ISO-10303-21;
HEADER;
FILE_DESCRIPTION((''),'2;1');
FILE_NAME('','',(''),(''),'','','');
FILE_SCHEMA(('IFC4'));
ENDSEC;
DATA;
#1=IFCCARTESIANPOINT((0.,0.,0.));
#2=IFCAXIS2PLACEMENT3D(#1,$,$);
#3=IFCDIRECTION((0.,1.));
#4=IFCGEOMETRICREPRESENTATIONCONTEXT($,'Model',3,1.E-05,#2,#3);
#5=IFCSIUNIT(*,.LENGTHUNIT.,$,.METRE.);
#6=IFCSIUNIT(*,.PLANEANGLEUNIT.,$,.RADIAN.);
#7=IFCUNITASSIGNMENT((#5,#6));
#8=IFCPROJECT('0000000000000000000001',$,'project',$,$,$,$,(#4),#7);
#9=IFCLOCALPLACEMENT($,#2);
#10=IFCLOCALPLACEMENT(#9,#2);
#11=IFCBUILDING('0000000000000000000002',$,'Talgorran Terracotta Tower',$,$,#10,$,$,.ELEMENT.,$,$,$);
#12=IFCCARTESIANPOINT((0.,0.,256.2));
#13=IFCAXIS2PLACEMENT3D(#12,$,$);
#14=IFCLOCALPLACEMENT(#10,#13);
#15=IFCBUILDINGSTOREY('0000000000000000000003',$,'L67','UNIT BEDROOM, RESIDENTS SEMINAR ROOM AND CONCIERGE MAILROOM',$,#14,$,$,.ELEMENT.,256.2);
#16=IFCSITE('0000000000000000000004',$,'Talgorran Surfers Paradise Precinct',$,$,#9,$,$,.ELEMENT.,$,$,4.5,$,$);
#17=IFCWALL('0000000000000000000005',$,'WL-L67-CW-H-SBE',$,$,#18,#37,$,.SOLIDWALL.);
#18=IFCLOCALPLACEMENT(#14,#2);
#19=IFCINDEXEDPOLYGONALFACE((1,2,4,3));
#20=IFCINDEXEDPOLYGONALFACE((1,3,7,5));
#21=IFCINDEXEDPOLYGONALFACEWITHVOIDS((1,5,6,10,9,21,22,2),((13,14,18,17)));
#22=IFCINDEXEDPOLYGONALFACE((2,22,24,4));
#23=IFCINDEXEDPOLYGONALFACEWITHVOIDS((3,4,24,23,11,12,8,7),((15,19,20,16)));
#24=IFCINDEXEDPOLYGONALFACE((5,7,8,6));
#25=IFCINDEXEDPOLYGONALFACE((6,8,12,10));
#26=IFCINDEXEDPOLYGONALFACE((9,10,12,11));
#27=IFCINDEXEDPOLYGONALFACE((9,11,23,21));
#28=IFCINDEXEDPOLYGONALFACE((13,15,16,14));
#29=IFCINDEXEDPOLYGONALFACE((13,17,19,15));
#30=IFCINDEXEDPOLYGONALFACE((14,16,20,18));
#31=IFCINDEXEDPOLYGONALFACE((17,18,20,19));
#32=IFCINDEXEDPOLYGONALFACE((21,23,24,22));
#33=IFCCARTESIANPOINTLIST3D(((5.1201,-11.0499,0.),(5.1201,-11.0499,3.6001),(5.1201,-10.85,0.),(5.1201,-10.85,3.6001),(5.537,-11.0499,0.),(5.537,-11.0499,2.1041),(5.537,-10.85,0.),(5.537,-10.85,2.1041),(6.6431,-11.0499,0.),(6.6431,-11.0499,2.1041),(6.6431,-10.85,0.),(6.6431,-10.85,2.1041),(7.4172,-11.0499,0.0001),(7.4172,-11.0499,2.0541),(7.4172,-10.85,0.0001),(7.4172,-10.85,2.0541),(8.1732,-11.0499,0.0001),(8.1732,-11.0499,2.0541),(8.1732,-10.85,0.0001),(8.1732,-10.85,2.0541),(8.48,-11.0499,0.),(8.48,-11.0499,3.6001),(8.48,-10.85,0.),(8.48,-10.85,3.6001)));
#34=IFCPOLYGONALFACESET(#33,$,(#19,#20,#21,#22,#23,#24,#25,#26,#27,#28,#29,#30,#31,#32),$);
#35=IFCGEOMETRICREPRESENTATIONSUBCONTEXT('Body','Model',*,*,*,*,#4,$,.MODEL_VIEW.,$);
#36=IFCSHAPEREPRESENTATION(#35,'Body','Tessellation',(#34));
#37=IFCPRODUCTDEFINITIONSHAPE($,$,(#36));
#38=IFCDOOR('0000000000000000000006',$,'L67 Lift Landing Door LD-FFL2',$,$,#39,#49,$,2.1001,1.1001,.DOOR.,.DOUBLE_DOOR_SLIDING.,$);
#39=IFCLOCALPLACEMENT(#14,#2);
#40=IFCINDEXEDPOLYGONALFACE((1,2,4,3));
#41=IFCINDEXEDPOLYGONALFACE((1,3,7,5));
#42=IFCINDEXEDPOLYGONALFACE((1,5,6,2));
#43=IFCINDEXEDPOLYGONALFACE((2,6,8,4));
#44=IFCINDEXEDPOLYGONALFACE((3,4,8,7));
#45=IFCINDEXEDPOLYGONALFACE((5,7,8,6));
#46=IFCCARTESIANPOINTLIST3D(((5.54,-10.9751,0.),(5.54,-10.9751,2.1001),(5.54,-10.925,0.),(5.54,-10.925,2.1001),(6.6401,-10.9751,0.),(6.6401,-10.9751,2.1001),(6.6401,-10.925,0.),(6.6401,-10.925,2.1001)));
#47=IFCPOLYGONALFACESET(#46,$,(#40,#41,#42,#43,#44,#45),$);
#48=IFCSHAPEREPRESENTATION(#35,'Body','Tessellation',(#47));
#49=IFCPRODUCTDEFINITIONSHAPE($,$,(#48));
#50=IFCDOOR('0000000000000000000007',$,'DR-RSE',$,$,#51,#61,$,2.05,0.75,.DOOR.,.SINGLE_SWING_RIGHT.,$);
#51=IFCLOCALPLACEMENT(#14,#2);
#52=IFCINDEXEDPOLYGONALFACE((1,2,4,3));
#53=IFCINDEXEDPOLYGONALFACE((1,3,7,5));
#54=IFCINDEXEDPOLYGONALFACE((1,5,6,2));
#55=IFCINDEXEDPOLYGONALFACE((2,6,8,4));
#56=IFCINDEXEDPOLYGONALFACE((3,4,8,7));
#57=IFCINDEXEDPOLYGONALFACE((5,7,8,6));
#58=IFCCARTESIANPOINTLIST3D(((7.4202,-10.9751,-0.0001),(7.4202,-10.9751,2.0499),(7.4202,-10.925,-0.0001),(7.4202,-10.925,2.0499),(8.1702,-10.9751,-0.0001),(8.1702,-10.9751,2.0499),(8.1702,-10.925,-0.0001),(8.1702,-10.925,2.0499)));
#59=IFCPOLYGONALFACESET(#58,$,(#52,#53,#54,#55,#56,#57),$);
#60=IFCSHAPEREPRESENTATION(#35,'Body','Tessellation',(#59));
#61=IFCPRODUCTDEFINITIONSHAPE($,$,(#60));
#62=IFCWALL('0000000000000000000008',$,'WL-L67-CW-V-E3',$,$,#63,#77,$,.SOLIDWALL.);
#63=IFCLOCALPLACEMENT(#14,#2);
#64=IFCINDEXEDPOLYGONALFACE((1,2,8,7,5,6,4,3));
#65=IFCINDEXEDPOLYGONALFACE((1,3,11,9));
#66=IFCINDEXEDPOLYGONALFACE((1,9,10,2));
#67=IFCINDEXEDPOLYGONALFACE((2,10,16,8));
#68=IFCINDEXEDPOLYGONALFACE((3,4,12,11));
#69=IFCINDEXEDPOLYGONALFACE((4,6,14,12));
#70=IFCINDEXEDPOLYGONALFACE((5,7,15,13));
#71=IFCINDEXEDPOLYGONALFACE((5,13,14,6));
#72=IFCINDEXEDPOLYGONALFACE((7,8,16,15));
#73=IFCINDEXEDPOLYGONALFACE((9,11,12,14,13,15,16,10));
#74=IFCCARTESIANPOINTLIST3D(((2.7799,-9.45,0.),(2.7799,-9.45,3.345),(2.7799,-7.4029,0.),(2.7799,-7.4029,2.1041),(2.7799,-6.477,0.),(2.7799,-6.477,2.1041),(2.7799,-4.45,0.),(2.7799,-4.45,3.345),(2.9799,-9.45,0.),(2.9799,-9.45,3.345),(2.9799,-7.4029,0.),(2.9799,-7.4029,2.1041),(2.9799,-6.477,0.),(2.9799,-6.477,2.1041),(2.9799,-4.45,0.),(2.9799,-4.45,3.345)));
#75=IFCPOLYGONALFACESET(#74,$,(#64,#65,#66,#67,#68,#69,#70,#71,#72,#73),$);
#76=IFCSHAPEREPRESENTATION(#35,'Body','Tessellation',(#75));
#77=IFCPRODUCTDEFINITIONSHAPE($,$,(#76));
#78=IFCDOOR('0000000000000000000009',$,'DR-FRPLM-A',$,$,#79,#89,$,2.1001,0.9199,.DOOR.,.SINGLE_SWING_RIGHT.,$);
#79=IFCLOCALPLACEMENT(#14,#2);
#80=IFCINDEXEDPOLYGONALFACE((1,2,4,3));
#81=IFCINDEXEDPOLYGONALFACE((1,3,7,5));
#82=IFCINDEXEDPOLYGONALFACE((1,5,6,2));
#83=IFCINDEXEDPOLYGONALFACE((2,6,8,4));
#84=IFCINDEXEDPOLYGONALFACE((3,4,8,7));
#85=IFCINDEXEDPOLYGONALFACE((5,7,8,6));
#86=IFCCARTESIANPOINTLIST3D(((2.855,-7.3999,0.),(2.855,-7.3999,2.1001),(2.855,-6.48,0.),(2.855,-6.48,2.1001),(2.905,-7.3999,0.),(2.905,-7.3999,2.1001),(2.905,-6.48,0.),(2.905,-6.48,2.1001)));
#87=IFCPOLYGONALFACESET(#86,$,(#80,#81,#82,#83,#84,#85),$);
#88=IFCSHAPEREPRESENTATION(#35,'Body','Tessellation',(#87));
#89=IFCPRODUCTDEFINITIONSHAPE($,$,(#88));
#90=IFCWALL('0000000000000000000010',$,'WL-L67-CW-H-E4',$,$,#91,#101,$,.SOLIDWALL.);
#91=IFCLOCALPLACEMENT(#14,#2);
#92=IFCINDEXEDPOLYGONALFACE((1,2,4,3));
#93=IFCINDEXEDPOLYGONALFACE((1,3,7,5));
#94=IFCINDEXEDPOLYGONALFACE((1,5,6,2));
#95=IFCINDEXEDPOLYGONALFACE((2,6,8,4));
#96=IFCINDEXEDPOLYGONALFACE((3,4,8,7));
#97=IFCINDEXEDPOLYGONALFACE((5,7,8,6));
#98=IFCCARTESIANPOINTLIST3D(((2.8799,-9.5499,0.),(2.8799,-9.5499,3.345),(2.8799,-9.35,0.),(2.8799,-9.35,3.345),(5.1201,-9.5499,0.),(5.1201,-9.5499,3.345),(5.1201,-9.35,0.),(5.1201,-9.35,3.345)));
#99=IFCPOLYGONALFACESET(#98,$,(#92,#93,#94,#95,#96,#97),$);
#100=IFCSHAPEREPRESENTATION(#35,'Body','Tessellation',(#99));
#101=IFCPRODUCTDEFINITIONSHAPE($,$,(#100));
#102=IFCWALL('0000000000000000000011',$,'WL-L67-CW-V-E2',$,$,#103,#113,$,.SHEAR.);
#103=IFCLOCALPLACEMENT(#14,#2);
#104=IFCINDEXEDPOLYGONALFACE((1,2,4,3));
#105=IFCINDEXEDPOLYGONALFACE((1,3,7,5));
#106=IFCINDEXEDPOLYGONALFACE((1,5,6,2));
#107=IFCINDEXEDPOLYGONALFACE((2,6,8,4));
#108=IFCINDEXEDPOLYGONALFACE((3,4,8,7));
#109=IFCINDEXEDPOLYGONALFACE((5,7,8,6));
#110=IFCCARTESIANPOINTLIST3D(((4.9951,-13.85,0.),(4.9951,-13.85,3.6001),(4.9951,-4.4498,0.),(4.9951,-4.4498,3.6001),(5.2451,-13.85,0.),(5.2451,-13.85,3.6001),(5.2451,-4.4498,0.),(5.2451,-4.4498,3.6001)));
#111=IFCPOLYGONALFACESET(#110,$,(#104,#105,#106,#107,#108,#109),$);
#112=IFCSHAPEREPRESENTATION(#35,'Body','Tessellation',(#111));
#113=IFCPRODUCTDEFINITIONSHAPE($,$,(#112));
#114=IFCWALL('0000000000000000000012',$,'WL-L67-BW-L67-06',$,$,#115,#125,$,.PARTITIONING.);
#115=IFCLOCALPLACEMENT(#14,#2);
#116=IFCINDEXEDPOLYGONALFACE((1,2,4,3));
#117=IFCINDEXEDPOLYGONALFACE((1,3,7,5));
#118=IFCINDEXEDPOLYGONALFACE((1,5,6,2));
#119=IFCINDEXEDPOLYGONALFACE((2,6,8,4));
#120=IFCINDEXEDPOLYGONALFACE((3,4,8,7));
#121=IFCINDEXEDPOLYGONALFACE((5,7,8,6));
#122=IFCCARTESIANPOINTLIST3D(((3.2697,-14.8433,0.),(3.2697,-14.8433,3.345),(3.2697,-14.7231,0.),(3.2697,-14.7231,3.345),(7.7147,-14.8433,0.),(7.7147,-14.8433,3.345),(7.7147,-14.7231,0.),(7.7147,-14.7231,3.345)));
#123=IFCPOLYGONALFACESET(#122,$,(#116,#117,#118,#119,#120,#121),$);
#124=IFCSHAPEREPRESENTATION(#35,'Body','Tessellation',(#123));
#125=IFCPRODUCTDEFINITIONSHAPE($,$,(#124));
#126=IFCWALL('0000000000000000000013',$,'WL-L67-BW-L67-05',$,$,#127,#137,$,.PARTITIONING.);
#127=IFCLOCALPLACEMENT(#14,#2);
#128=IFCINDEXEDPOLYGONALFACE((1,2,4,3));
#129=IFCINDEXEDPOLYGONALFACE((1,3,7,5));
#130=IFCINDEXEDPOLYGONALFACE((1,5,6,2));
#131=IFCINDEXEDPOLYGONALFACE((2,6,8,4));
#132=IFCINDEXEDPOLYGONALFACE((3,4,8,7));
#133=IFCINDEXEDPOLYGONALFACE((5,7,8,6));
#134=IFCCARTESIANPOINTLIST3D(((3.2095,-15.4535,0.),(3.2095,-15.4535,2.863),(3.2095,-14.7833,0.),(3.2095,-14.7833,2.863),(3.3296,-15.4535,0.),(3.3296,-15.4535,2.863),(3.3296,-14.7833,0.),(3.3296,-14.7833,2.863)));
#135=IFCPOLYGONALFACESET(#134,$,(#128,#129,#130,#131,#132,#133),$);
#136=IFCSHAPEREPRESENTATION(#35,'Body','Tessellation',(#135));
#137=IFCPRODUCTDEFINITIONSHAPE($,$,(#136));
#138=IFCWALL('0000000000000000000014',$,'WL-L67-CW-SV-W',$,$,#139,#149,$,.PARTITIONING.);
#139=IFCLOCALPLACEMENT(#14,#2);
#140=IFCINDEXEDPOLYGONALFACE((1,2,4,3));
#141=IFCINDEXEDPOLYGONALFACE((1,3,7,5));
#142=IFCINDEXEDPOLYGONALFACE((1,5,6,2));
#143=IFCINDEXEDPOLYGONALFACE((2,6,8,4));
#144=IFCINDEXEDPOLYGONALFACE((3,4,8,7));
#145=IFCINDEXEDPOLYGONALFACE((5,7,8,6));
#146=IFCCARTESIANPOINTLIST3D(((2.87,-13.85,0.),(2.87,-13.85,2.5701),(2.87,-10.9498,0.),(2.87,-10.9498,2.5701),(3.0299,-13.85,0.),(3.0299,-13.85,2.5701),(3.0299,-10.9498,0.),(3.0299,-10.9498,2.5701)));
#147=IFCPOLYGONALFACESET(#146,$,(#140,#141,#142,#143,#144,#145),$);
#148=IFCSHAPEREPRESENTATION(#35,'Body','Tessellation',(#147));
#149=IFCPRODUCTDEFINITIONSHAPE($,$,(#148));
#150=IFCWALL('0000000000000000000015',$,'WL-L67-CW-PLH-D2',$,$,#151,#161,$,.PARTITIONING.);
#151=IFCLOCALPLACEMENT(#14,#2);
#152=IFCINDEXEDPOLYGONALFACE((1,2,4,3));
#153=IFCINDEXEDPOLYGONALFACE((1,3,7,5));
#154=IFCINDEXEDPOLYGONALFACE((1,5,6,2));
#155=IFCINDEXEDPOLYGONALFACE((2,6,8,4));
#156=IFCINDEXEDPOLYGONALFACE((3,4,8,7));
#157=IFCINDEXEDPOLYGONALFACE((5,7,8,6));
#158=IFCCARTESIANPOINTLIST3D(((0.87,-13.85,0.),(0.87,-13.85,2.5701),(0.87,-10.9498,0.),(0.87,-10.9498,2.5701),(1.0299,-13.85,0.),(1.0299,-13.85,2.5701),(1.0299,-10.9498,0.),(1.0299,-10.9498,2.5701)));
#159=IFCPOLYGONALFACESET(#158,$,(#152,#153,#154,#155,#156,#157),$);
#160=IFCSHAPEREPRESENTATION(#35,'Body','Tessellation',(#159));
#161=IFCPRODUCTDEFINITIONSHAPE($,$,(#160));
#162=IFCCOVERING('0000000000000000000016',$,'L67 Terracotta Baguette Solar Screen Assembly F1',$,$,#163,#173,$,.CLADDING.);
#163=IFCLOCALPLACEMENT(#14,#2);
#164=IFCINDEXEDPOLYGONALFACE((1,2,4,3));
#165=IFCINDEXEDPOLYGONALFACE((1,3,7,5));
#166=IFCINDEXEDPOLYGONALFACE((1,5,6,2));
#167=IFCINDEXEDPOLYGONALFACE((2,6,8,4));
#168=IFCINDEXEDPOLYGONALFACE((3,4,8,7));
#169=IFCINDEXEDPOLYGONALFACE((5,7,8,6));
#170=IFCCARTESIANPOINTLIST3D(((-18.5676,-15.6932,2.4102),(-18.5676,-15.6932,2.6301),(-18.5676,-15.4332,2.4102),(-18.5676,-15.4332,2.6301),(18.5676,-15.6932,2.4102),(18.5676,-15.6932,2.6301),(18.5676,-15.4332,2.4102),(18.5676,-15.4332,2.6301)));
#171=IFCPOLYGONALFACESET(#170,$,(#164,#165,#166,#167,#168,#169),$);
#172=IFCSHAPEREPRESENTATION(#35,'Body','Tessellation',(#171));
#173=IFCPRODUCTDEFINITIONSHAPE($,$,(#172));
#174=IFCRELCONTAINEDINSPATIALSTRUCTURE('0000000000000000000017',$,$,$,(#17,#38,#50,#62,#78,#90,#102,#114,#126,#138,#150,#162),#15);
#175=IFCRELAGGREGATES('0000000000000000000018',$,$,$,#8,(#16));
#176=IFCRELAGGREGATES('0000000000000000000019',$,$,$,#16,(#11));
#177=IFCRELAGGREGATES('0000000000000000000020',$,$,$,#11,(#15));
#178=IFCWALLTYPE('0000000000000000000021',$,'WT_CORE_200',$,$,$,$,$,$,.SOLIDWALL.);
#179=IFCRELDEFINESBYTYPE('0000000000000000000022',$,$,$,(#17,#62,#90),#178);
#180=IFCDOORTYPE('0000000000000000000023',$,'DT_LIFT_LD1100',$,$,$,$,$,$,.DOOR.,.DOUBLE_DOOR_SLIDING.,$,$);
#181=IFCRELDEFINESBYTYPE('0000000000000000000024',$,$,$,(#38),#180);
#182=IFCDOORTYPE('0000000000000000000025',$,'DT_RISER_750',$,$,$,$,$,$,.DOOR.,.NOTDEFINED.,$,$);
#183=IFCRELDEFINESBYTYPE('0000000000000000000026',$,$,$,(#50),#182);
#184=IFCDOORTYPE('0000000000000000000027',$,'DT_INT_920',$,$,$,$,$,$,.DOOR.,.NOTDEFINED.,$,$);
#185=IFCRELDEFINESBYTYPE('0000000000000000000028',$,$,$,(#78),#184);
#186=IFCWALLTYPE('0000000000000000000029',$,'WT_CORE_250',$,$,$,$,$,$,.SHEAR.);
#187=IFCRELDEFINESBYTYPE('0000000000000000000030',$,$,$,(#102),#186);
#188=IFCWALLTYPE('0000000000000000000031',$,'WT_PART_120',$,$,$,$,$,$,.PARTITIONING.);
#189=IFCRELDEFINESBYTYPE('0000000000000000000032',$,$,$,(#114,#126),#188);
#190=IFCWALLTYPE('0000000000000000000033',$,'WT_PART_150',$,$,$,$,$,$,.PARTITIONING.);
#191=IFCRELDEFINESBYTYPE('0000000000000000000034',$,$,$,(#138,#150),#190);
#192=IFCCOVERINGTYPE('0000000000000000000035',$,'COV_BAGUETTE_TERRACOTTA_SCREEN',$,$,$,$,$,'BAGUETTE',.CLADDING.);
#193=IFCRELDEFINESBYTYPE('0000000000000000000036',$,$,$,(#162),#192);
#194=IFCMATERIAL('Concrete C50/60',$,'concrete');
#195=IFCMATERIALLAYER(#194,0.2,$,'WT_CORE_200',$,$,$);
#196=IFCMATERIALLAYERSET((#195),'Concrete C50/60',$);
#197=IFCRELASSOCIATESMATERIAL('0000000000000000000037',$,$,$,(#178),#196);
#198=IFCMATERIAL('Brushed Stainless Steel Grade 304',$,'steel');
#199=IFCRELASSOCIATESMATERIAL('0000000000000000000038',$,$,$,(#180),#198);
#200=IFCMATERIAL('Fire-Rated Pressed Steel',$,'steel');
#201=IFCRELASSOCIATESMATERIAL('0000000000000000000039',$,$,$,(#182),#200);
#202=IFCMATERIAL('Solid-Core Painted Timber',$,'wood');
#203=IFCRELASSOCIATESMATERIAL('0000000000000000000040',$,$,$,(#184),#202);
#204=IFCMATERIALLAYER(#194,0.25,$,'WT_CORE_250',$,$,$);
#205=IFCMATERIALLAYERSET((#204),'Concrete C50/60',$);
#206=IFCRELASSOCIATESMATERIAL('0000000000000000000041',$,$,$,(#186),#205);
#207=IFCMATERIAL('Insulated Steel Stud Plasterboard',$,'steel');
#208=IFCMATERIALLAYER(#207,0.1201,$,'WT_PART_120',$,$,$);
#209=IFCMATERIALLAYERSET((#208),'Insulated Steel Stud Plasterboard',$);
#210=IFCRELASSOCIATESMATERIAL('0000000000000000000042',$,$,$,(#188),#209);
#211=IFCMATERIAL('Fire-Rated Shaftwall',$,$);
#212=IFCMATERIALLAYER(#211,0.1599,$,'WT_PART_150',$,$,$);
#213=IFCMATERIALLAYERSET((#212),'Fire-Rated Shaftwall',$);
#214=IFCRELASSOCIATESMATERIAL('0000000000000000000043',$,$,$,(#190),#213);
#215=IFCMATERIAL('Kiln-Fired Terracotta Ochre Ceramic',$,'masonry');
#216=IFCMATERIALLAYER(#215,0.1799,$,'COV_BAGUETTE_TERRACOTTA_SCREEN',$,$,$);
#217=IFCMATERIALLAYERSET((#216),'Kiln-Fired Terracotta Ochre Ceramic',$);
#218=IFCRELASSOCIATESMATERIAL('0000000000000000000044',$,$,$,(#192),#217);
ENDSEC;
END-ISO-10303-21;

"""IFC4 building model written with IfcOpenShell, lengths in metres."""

from ifc_helpers import new_model, si_unit, direction, frame, frame_2d, origin, origin_2d, place, context, subcontext, project, spatial, rectangle, extrude, material, layer, layer_set, type_object, element, fill, save


model = new_model("IFC4")

# Units and contexts
model_context = context("Model", 3, precision=1e-05, world=origin(), true_north=direction((0.0, 1.0)))
body_context = subcontext(model_context, "Body", "Model", "MODEL_VIEW")
ifc_project = project(units=[si_unit("LENGTHUNIT", "METRE"), si_unit("PLANEANGLEUNIT", "RADIAN")], contexts=[model_context])

# Site, building, storey
site_placement = place(None, origin())
site = spatial("IfcSite", under=ifc_project, at=site_placement, Name="Talgorran Surfers Paradise Precinct", CompositionType="ELEMENT", RefElevation=4.5)
building_placement = place(site_placement, origin())
building = spatial("IfcBuilding", under=site, at=building_placement, Name="Talgorran Terracotta Tower", CompositionType="ELEMENT")
storey_placement = place(building_placement, frame((0.0, 0.0, 256.2)))
storey = spatial("IfcBuildingStorey", under=building, at=storey_placement, Name="L67", Description="UNIT BEDROOM, RESIDENTS SEMINAR ROOM AND CONCIERGE MAILROOM", CompositionType="ELEMENT", Elevation=256.2)

# Shared definitions
ifc_material_1 = material(Name="Concrete C50/60", Category="concrete")

# Wall, openings, doors
ifc_layer_1 = layer(ifc_material_1, 0.2, Name="WT_CORE_200")
ifc_layer_set_1 = layer_set([ifc_layer_1], Name="Concrete C50/60")
wall_type_1 = type_object("IfcWallType", Name="WT_CORE_200", PredefinedType="SOLIDWALL", material=ifc_layer_set_1)
wall_1_placement = place(storey_placement, frame((5.1201, -10.95, 0.0), z_axis=(0.0, 0.0, 1.0), x_axis=(1.0, 0.0, 0.0)))
wall_1 = element("IfcWall", 1, at=wall_1_placement, inside=storey, type_object=wall_type_1, Name="WL-L67-CW-H-SBE", PredefinedType="SOLIDWALL", context=body_context, shape_type="SweptSolid", body=[
    extrude(rectangle(XDim=3.3599, YDim=0.2, at=frame_2d((1.6799, 0.0))), origin(), (0.0, 0.0, 1.0), 3.6001),
])
opening_1_placement = place(wall_1_placement, frame((0.4199, 0.0, 0.0)))
opening_1 = element("IfcOpeningElement", 2, at=opening_1_placement, cuts=wall_1, PredefinedType="OPENING", context=body_context, shape_type="SweptSolid", body=[
    extrude(rectangle(XDim=1.1061, YDim=2.1041, at=frame_2d((0.55, 1.052))), frame((0.0, 0.1099, 0.0), z_axis=(0.0, -1.0, 0.0), x_axis=(1.0, 0.0, 0.0)), (0.0, 0.0, 1.0), 0.22),
])
opening_2_placement = place(wall_1_placement, frame((2.3, 0.0, 0.0)))
opening_2 = element("IfcOpeningElement", 3, at=opening_2_placement, cuts=wall_1, PredefinedType="OPENING", context=body_context, shape_type="SweptSolid", body=[
    extrude(rectangle(XDim=0.756, YDim=2.054, at=frame_2d((0.375, 1.0271))), frame((0.0, 0.1099, 0.0), z_axis=(0.0, -1.0, 0.0), x_axis=(1.0, 0.0, 0.0)), (0.0, 0.0, 1.0), 0.22),
])
ifc_material_2 = material(Name="Brushed Stainless Steel Grade 304", Category="steel")
door_type_1 = type_object("IfcDoorType", Name="DT_LIFT_LD1100", OperationType="DOUBLE_DOOR_SLIDING", PredefinedType="DOOR", material=ifc_material_2)
door_1_placement = place(opening_1_placement, origin())
door_1 = element("IfcDoor", 4, at=door_1_placement, inside=storey, type_object=door_type_1, Name="L67 Lift Landing Door LD-FFL2", OperationType="DOUBLE_DOOR_SLIDING", OverallHeight=2.1001, OverallWidth=1.1001, PredefinedType="DOOR", context=body_context, shape_type="SweptSolid", body=[
    extrude(rectangle(XDim=1.1001, YDim=2.1001, at=frame_2d((0.55, 1.05))), frame((0.0, 0.0249, 0.0), z_axis=(0.0, -1.0, 0.0), x_axis=(1.0, 0.0, 0.0)), (0.0, 0.0, 1.0), 0.05),
])
fill(opening_1, door_1)
ifc_material_3 = material(Name="Fire-Rated Pressed Steel", Category="steel")
door_type_2 = type_object("IfcDoorType", Name="DT_RISER_750", OperationType="NOTDEFINED", PredefinedType="DOOR", material=ifc_material_3)
door_2_placement = place(opening_2_placement, origin())
door_2 = element("IfcDoor", 5, at=door_2_placement, inside=storey, type_object=door_type_2, Name="DR-RSE", OperationType="SINGLE_SWING_RIGHT", OverallHeight=2.05, OverallWidth=0.75, PredefinedType="DOOR", context=body_context, shape_type="SweptSolid", body=[
    extrude(rectangle(XDim=0.75, YDim=2.05, at=frame_2d((0.375, 1.0249))), frame((0.0, 0.0249, 0.0), z_axis=(0.0, -1.0, 0.0), x_axis=(1.0, 0.0, 0.0)), (0.0, 0.0, 1.0), 0.05),
])
fill(opening_2, door_2)

# Wall, opening, door
wall_2_placement = place(storey_placement, frame((2.8799, -9.45, 0.0), z_axis=(0.0, 0.0, 1.0), x_axis=(0.0, 1.0, 0.0)))
wall_2 = element("IfcWall", 6, at=wall_2_placement, inside=storey, type_object=wall_type_1, Name="WL-L67-CW-V-E3", PredefinedType="SOLIDWALL", context=body_context, shape_type="SweptSolid", body=[
    extrude(rectangle(XDim=5.0, YDim=0.2, at=frame_2d((2.5, 0.0))), origin(), (0.0, 0.0, 1.0), 3.345),
])
opening_3_placement = place(wall_2_placement, frame((2.05, 0.0, 0.0)))
opening_3 = element("IfcOpeningElement", 7, at=opening_3_placement, cuts=wall_2, PredefinedType="OPENING", context=body_context, shape_type="SweptSolid", body=[
    extrude(rectangle(XDim=0.9259, YDim=2.1041, at=frame_2d((0.46, 1.052))), frame((0.0, 0.1099, 0.0), z_axis=(0.0, -1.0, 0.0), x_axis=(1.0, 0.0, 0.0)), (0.0, 0.0, 1.0), 0.22),
])
ifc_material_4 = material(Name="Solid-Core Painted Timber", Category="wood")
door_type_3 = type_object("IfcDoorType", Name="DT_INT_920", OperationType="NOTDEFINED", PredefinedType="DOOR", material=ifc_material_4)
door_3_placement = place(opening_3_placement, origin())
door_3 = element("IfcDoor", 8, at=door_3_placement, inside=storey, type_object=door_type_3, Name="DR-FRPLM-A", OperationType="SINGLE_SWING_RIGHT", OverallHeight=2.1001, OverallWidth=0.9199, PredefinedType="DOOR", context=body_context, shape_type="SweptSolid", body=[
    extrude(rectangle(XDim=0.9199, YDim=2.1001, at=frame_2d((0.46, 1.05))), frame((0.0, 0.0249, 0.0), z_axis=(0.0, -1.0, 0.0), x_axis=(1.0, 0.0, 0.0)), (0.0, 0.0, 1.0), 0.05),
])
fill(opening_3, door_3)

# Walls
wall_3_placement = place(storey_placement, frame((2.8799, -9.45, 0.0), z_axis=(0.0, 0.0, 1.0), x_axis=(1.0, 0.0, 0.0)))
element("IfcWall", 9, at=wall_3_placement, inside=storey, type_object=wall_type_1, Name="WL-L67-CW-H-E4", PredefinedType="SOLIDWALL", context=body_context, shape_type="SweptSolid", body=[
    extrude(rectangle(XDim=2.2402, YDim=0.2, at=frame_2d((1.1201, 0.0))), origin(), (0.0, 0.0, 1.0), 3.345),
])
ifc_layer_2 = layer(ifc_material_1, 0.25, Name="WT_CORE_250")
ifc_layer_set_2 = layer_set([ifc_layer_2], Name="Concrete C50/60")
wall_type_2 = type_object("IfcWallType", Name="WT_CORE_250", PredefinedType="SHEAR", material=ifc_layer_set_2)
wall_4_placement = place(storey_placement, frame((5.1201, -13.8501, 0.0), z_axis=(0.0, 0.0, 1.0), x_axis=(0.0, 1.0, 0.0)))
element("IfcWall", 10, at=wall_4_placement, inside=storey, type_object=wall_type_2, Name="WL-L67-CW-V-E2", PredefinedType="SHEAR", context=body_context, shape_type="SweptSolid", body=[
    extrude(rectangle(XDim=9.4001, YDim=0.25, at=frame_2d((4.7002, 0.0))), origin(), (0.0, 0.0, 1.0), 3.6001),
])
ifc_material_5 = material(Name="Insulated Steel Stud Plasterboard", Category="steel")
ifc_layer_3 = layer(ifc_material_5, 0.1201, Name="WT_PART_120")
ifc_layer_set_3 = layer_set([ifc_layer_3], Name="Insulated Steel Stud Plasterboard")
wall_type_3 = type_object("IfcWallType", Name="WT_PART_120", PredefinedType="PARTITIONING", material=ifc_layer_set_3)
wall_5_placement = place(storey_placement, frame((3.2695, -14.7832, 0.0), z_axis=(0.0, 0.0, 1.0), x_axis=(1.0, 0.0, 0.0)))
element("IfcWall", 11, at=wall_5_placement, inside=storey, type_object=wall_type_3, Name="WL-L67-BW-L67-06", PredefinedType="PARTITIONING", context=body_context, shape_type="SweptSolid", body=[
    extrude(rectangle(XDim=4.4451, YDim=0.1201, at=frame_2d((2.2227, 0.0))), origin(), (0.0, 0.0, 1.0), 3.345),
])
wall_6_placement = place(storey_placement, frame((3.2695, -15.4534, 0.0), z_axis=(0.0, 0.0, 1.0), x_axis=(0.0, 1.0, 0.0)))
element("IfcWall", 12, at=wall_6_placement, inside=storey, type_object=wall_type_3, Name="WL-L67-BW-L67-05", PredefinedType="PARTITIONING", context=body_context, shape_type="SweptSolid", body=[
    extrude(rectangle(XDim=0.6702, YDim=0.1201, at=frame_2d((0.335, 0.0))), origin(), (0.0, 0.0, 1.0), 2.863),
])
ifc_material_6 = material(Name="Fire-Rated Shaftwall")
ifc_layer_4 = layer(ifc_material_6, 0.1599, Name="WT_PART_150")
ifc_layer_set_4 = layer_set([ifc_layer_4], Name="Fire-Rated Shaftwall")
wall_type_4 = type_object("IfcWallType", Name="WT_PART_150", PredefinedType="PARTITIONING", material=ifc_layer_set_4)
for number, where, z_axis, x_axis, name in (
    (13, (2.95, -13.8501, 0.0), (0.0, 0.0, 1.0), (0.0, 1.0, 0.0), "WL-L67-CW-SV-W"),
    (14, (0.95, -13.8501, 0.0), (0.0, 0.0, 1.0), (0.0, 1.0, 0.0), "WL-L67-CW-PLH-D2"),
):
    element("IfcWall", number, at=place(storey_placement, frame(where, z_axis=z_axis, x_axis=x_axis)), inside=storey, type_object=wall_type_4, Name=name, PredefinedType="PARTITIONING", context=body_context, shape_type="SweptSolid", body=[
        extrude(rectangle(XDim=2.9001, YDim=0.1599, at=frame_2d((1.4502, 0.0))), origin(), (0.0, 0.0, 1.0), 2.5701),
    ])

# Covering
ifc_material_7 = material(Name="Kiln-Fired Terracotta Ochre Ceramic", Category="masonry")
ifc_layer_5 = layer(ifc_material_7, 0.1799, Name="COV_BAGUETTE_TERRACOTTA_SCREEN")
ifc_layer_set_5 = layer_set([ifc_layer_5], Name="Kiln-Fired Terracotta Ochre Ceramic")
covering_type_1 = type_object("IfcCoveringType", Name="COV_BAGUETTE_TERRACOTTA_SCREEN", ElementType="BAGUETTE", PredefinedType="CLADDING", material=ifc_layer_set_5)
covering_1_placement = place(storey_placement, frame((0.0, -15.5632, 2.4102), z_axis=(0.0, 0.0, 1.0), x_axis=(1.0, 0.0, 0.0)))
element("IfcCovering", 15, at=covering_1_placement, inside=storey, type_object=covering_type_1, Name="L67 Terracotta Baguette Solar Screen Assembly F1", PredefinedType="CLADDING", context=body_context, shape_type="SweptSolid", body=[
    extrude(rectangle(XDim=37.1353, YDim=0.26, at=origin_2d()), origin(), (0.0, 0.0, 1.0), 0.22),
])

save(model, "model.ifc")
